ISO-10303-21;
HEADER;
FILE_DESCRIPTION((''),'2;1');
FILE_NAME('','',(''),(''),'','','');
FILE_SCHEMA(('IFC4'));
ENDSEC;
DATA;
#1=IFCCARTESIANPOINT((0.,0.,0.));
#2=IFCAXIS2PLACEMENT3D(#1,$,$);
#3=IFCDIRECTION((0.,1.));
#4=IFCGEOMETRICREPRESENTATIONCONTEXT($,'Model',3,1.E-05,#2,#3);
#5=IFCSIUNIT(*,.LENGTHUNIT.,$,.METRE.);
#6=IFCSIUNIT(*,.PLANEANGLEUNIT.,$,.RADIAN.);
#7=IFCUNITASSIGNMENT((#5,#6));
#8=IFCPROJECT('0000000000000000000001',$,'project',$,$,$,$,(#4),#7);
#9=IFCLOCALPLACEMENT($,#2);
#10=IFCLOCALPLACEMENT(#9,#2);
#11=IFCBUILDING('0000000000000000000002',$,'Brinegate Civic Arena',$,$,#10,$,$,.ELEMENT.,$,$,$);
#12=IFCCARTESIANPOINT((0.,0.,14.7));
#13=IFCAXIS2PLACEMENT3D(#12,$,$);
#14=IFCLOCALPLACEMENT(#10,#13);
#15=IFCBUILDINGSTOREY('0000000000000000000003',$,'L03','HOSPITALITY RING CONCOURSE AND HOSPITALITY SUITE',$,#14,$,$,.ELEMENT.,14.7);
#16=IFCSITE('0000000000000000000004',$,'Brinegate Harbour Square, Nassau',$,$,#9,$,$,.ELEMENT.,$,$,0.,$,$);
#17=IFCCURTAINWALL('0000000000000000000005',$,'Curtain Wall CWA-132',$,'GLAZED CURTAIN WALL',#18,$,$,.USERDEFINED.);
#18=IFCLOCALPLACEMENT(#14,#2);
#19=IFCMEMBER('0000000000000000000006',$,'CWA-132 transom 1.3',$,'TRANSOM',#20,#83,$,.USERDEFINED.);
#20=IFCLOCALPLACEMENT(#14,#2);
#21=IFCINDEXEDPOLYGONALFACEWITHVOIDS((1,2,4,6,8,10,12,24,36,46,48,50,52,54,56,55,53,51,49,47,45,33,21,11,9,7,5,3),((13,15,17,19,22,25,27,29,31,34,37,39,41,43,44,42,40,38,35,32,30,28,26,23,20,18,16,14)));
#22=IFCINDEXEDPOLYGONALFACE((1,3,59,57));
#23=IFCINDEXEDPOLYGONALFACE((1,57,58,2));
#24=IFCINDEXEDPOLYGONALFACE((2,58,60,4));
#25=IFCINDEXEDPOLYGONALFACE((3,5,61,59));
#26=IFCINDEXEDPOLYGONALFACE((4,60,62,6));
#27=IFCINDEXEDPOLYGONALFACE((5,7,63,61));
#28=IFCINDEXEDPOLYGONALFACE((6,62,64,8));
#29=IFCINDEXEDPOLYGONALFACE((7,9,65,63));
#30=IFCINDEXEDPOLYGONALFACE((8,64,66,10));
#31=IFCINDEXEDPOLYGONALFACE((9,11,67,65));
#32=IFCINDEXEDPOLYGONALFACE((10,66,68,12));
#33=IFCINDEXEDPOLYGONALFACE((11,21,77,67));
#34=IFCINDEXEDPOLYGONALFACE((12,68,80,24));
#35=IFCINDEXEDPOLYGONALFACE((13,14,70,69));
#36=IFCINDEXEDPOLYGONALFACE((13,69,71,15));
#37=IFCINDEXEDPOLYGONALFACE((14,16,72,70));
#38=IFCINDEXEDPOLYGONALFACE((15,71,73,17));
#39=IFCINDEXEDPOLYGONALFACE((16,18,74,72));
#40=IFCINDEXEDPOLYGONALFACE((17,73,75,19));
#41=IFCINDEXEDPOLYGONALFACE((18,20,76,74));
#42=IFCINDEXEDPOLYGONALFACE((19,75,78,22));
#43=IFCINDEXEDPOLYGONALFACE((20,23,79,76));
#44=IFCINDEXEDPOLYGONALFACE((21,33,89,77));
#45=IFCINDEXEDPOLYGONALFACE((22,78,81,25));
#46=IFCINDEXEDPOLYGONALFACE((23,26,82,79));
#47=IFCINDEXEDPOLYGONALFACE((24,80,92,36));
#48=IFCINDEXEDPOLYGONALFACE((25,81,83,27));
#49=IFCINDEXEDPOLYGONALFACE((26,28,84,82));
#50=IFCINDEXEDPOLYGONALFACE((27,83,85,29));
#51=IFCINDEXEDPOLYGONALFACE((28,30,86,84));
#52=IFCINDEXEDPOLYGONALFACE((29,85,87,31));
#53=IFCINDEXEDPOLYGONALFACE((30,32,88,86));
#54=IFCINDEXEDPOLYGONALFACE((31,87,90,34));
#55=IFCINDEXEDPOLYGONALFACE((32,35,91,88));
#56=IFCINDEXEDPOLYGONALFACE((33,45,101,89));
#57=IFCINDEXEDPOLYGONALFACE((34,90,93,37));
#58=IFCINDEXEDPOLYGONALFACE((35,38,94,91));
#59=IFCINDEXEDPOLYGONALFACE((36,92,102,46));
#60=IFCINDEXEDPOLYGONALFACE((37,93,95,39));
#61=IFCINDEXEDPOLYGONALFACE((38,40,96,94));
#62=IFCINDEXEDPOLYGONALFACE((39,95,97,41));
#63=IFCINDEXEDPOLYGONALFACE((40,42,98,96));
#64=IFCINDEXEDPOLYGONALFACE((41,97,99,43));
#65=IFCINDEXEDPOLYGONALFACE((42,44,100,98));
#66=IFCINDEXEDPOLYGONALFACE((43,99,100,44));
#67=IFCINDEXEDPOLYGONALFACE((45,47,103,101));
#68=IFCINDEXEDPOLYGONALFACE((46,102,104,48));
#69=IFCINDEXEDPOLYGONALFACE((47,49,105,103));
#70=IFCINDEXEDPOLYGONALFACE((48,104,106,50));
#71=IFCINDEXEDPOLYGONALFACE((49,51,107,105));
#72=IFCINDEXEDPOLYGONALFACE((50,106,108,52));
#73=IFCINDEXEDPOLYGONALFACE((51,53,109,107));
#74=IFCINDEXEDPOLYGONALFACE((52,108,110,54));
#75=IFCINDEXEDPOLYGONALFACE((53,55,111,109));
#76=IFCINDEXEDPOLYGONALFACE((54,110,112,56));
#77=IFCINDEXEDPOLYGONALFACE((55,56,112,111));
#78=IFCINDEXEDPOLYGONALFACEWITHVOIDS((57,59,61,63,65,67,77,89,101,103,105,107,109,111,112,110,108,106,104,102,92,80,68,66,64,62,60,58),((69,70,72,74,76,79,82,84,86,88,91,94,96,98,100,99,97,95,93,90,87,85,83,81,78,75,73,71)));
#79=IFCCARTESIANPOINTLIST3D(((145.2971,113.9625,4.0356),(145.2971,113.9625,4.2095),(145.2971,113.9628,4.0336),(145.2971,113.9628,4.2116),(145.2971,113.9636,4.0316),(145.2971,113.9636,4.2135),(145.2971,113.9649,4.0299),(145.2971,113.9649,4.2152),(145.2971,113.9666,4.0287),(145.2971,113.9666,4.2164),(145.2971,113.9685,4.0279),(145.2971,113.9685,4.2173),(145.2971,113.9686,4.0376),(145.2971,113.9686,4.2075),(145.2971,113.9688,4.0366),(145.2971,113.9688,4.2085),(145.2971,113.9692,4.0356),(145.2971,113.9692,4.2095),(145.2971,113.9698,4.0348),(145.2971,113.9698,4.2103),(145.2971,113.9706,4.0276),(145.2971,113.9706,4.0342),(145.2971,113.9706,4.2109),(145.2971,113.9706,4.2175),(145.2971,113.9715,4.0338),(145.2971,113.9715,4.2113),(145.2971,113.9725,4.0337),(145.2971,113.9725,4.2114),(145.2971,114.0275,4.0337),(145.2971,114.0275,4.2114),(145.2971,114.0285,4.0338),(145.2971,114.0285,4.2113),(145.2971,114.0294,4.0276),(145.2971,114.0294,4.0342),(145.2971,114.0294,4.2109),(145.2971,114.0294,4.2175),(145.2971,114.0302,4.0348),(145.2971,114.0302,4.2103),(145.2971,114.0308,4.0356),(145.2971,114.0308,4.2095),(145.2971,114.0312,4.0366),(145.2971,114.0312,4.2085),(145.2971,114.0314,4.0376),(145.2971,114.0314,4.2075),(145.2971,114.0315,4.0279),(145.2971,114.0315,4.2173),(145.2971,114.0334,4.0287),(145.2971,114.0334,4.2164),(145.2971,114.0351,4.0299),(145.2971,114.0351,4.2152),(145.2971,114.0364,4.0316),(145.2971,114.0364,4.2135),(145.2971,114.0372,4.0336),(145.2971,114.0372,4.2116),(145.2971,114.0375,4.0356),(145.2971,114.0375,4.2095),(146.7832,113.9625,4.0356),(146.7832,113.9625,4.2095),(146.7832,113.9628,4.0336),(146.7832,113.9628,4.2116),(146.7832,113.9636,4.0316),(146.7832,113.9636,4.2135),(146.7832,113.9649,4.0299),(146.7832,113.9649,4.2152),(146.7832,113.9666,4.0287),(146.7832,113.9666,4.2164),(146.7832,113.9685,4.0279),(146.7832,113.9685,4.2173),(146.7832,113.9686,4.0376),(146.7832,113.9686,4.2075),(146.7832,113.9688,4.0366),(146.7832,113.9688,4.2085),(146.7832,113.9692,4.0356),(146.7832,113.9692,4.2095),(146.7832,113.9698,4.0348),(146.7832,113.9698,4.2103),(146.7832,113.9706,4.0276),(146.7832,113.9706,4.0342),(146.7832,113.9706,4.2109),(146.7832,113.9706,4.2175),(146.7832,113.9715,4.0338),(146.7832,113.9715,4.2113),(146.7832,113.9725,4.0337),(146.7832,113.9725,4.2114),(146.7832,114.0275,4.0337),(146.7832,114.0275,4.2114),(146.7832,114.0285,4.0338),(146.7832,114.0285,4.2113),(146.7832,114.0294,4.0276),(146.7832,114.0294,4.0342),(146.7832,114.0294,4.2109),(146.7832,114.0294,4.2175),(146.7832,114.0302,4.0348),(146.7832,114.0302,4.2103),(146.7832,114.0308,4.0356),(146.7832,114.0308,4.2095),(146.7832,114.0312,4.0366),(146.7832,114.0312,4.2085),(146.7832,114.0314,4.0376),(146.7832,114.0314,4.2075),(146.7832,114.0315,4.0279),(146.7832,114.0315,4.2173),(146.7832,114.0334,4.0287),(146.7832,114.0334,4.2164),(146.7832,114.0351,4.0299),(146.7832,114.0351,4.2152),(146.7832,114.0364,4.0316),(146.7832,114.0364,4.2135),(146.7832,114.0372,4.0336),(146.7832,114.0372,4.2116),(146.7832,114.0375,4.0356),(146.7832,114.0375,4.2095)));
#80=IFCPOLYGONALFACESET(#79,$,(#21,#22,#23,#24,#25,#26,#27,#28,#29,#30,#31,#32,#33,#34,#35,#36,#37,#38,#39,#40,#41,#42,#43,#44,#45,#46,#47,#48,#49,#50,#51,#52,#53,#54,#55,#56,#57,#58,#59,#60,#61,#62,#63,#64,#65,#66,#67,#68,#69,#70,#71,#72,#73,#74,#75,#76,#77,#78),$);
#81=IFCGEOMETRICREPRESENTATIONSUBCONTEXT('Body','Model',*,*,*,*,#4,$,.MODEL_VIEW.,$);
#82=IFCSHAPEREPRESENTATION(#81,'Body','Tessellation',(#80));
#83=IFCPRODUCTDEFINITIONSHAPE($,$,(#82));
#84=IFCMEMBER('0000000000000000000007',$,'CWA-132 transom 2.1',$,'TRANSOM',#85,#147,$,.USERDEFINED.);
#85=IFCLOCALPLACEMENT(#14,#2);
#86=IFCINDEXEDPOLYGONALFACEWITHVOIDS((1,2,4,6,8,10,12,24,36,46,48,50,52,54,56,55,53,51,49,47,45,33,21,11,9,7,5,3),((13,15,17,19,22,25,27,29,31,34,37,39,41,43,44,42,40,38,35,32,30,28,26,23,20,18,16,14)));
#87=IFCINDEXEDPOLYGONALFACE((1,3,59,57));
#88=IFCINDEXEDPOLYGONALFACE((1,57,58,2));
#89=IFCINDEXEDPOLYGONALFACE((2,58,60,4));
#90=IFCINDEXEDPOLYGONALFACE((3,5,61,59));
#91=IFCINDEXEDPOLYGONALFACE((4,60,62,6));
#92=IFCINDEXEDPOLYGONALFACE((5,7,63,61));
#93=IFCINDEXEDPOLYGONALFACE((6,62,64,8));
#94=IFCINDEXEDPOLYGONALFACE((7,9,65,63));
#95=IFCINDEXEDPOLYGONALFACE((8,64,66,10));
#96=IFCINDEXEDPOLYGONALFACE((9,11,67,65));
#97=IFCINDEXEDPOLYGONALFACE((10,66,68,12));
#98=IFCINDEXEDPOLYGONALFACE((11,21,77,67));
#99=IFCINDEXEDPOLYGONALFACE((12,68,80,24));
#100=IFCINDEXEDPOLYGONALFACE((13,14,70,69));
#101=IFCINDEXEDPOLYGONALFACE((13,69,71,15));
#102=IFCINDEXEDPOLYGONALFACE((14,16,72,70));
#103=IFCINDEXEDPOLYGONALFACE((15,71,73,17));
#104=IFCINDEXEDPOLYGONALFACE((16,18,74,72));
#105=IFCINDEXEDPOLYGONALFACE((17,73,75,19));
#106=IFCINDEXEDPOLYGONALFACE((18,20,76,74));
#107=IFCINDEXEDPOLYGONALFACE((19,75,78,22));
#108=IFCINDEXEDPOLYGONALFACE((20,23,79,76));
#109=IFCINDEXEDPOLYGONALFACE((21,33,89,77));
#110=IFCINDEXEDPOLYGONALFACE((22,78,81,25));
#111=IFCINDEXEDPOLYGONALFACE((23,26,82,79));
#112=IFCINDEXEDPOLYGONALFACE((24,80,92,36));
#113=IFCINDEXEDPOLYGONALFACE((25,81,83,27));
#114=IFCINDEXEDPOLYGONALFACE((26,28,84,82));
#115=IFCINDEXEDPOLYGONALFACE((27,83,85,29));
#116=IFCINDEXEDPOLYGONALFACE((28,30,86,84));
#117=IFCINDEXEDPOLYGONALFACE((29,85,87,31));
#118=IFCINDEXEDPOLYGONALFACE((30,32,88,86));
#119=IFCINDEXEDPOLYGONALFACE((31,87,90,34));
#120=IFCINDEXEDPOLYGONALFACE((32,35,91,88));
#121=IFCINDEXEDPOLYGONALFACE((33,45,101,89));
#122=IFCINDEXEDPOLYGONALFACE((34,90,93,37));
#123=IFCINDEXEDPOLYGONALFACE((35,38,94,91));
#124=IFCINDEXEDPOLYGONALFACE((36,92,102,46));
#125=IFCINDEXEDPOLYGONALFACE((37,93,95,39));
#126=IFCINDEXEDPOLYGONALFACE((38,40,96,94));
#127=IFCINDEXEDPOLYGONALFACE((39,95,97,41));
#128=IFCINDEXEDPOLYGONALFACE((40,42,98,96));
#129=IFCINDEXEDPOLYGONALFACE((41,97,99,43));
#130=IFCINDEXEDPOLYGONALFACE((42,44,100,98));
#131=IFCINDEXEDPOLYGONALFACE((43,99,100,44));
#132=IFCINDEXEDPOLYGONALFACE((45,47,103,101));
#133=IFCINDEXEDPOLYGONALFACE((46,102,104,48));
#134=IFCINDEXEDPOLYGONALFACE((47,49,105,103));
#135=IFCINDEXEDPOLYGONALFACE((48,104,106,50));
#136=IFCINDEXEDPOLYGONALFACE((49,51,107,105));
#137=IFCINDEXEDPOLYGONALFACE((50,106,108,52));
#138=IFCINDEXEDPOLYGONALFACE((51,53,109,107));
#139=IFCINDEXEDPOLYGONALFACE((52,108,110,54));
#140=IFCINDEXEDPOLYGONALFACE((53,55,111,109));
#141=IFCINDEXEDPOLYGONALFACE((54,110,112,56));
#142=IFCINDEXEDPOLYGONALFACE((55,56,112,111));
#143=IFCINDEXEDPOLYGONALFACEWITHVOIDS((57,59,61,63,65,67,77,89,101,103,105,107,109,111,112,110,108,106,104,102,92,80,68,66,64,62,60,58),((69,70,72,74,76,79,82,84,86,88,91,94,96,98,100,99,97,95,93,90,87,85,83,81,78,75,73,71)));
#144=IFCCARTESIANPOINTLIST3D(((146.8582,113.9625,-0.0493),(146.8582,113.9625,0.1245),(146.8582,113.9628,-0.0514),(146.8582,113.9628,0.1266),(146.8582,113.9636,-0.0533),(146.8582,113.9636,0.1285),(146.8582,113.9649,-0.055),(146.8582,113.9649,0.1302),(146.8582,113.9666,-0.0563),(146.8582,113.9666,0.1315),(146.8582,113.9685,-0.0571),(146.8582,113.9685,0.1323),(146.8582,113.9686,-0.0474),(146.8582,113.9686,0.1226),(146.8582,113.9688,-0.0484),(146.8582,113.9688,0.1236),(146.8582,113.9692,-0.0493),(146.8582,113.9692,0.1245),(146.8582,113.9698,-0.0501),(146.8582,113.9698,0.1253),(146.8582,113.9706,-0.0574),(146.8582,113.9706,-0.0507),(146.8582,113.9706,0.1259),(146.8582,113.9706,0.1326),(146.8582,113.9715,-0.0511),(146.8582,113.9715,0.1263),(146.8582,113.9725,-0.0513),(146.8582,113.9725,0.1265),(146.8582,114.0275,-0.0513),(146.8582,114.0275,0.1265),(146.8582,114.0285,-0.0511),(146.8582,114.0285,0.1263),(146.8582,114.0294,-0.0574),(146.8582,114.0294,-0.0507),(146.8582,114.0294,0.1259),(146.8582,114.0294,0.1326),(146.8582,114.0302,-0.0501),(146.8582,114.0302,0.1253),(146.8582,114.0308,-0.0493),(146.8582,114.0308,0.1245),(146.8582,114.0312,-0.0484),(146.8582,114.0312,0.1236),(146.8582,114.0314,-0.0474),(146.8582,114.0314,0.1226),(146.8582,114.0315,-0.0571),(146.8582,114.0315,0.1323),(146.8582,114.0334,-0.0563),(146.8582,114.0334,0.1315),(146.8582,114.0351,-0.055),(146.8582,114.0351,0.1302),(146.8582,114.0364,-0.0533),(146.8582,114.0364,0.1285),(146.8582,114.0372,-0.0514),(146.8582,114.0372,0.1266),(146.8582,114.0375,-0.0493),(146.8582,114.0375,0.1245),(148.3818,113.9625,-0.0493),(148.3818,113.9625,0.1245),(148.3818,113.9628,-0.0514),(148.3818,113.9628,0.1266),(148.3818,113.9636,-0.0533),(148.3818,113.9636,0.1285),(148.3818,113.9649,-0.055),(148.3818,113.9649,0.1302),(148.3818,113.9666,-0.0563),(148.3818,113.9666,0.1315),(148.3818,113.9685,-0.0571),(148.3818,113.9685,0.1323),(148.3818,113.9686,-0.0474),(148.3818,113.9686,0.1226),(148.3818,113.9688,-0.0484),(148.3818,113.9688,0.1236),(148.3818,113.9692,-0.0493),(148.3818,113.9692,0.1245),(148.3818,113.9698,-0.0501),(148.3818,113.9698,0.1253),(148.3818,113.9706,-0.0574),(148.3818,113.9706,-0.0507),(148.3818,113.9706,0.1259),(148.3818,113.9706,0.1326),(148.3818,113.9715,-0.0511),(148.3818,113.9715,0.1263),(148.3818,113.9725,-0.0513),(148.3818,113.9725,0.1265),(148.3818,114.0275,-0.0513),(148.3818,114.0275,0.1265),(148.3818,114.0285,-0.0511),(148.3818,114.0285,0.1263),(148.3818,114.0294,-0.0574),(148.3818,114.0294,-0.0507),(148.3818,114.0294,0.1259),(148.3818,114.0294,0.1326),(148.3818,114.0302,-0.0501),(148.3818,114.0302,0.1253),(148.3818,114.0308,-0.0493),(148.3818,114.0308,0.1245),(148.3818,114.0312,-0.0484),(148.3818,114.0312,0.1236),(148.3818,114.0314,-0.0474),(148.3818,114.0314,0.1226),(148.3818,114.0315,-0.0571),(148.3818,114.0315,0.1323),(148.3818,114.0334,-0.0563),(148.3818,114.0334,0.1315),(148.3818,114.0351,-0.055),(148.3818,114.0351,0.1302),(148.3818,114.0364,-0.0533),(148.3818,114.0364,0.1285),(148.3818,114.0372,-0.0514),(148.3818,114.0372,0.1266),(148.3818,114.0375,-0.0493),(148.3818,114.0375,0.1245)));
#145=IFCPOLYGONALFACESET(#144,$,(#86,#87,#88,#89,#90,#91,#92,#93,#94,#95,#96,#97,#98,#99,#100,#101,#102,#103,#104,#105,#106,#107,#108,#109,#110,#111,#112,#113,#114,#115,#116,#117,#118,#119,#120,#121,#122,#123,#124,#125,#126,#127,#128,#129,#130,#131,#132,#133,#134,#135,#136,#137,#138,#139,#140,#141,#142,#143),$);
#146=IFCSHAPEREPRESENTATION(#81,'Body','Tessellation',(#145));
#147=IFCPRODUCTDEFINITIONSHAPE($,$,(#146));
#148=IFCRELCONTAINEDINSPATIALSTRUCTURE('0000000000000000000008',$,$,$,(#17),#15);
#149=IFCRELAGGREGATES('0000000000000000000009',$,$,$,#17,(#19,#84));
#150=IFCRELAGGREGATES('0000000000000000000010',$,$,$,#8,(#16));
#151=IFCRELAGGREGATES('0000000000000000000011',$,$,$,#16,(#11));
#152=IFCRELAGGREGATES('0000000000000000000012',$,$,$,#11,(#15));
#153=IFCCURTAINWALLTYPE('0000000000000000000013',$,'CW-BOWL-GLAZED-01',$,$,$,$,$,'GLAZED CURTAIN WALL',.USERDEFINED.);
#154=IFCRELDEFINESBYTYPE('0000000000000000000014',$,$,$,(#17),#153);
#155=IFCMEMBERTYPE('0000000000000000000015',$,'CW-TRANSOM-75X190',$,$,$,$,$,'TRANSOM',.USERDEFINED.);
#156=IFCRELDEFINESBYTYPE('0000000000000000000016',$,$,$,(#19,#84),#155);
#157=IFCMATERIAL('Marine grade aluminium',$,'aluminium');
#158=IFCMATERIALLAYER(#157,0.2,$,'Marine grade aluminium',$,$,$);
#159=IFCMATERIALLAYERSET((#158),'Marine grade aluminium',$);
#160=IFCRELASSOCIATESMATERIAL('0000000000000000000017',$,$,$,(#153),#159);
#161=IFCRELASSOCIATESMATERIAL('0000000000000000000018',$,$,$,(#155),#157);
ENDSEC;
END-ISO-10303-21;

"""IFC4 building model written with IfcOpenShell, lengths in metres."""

from ifc_helpers import new_model, si_unit, direction, frame, origin, origin_2d, place, context, subcontext, project, spatial, hollow_rectangle, extrude, material, layer, layer_set, material_profile, profile_set, type_object, element, aggregate, save


model = new_model("IFC4")

# Units and contexts
model_context = context("Model", 3, precision=1e-05, world=origin(), true_north=direction((0.0, 1.0)))
body_context = subcontext(model_context, "Body", "Model", "MODEL_VIEW")
ifc_project = project(units=[si_unit("LENGTHUNIT", "METRE"), si_unit("PLANEANGLEUNIT", "RADIAN")], contexts=[model_context])

# Site, building, storey
site_placement = place(None, origin())
site = spatial("IfcSite", under=ifc_project, at=site_placement, Name="Brinegate Harbour Square, Nassau", CompositionType="ELEMENT", RefElevation=0.0)
building_placement = place(site_placement, origin())
building = spatial("IfcBuilding", under=site, at=building_placement, Name="Brinegate Civic Arena", CompositionType="ELEMENT")
storey_placement = place(building_placement, frame((0.0, 0.0, 14.7)))
storey = spatial("IfcBuildingStorey", under=building, at=storey_placement, Name="L03", Description="HOSPITALITY RING CONCOURSE AND HOSPITALITY SUITE", CompositionType="ELEMENT", Elevation=14.7)

# Curtain wall
ifc_material_1 = material(Name="Marine grade aluminium", Category="aluminium")
ifc_layer_1 = layer(ifc_material_1, 0.2, Name="Marine grade aluminium")
ifc_layer_set_1 = layer_set([ifc_layer_1], Name="Marine grade aluminium")
curtain_wall_type_1 = type_object("IfcCurtainWallType", Name="CW-BOWL-GLAZED-01", ElementType="GLAZED CURTAIN WALL", PredefinedType="USERDEFINED", material=ifc_layer_set_1)
curtain_wall_1_placement = place(storey_placement, origin())
curtain_wall_1 = element("IfcCurtainWall", 1, at=curtain_wall_1_placement, inside=storey, type_object=curtain_wall_type_1, Name="Curtain Wall CWA-132", ObjectType="GLAZED CURTAIN WALL", PredefinedType="USERDEFINED")

# Members
ifc_material_profile_1 = material_profile(ifc_material_1, hollow_rectangle(XDim=0.075, YDim=0.1899, WallThickness=0.0061, InnerFilletRadius=0.0039, OuterFilletRadius=0.0081, at=origin_2d()), Name="TRN75X190")
ifc_profile_set_1 = profile_set([ifc_material_profile_1], Name="Marine grade aluminium")
member_type_1 = type_object("IfcMemberType", Name="CW-TRANSOM-75X190", ElementType="TRANSOM", PredefinedType="USERDEFINED", material=ifc_profile_set_1)
member_1_placement = place(storey_placement, frame((145.2971, 114.0, 4.1226), z_axis=(1.0, 0.0, 0.0), x_axis=(0.0, 1.0, 0.0)))
member_1 = element("IfcMember", 2, at=member_1_placement, type_object=member_type_1, Name="CWA-132 transom 1.3", ObjectType="TRANSOM", PredefinedType="USERDEFINED", context=body_context, shape_type="SweptSolid", body=[
    extrude(hollow_rectangle(XDim=0.075, YDim=0.1899, WallThickness=0.0061, InnerFilletRadius=0.0039, OuterFilletRadius=0.0081, at=origin_2d()), origin(), (0.0, 0.0, 1.0), 1.4861),
])
member_2_placement = place(storey_placement, frame((146.8582, 114.0, 0.0376), z_axis=(1.0, 0.0, 0.0), x_axis=(0.0, 1.0, 0.0)))
member_2 = element("IfcMember", 3, at=member_2_placement, type_object=member_type_1, Name="CWA-132 transom 2.1", ObjectType="TRANSOM", PredefinedType="USERDEFINED", context=body_context, shape_type="SweptSolid", body=[
    extrude(hollow_rectangle(XDim=0.075, YDim=0.1899, WallThickness=0.0061, InnerFilletRadius=0.0039, OuterFilletRadius=0.0081, at=origin_2d()), origin(), (0.0, 0.0, 1.0), 1.5237),
])

aggregate(curtain_wall_1, [member_1, member_2])

save(model, "model.ifc")
